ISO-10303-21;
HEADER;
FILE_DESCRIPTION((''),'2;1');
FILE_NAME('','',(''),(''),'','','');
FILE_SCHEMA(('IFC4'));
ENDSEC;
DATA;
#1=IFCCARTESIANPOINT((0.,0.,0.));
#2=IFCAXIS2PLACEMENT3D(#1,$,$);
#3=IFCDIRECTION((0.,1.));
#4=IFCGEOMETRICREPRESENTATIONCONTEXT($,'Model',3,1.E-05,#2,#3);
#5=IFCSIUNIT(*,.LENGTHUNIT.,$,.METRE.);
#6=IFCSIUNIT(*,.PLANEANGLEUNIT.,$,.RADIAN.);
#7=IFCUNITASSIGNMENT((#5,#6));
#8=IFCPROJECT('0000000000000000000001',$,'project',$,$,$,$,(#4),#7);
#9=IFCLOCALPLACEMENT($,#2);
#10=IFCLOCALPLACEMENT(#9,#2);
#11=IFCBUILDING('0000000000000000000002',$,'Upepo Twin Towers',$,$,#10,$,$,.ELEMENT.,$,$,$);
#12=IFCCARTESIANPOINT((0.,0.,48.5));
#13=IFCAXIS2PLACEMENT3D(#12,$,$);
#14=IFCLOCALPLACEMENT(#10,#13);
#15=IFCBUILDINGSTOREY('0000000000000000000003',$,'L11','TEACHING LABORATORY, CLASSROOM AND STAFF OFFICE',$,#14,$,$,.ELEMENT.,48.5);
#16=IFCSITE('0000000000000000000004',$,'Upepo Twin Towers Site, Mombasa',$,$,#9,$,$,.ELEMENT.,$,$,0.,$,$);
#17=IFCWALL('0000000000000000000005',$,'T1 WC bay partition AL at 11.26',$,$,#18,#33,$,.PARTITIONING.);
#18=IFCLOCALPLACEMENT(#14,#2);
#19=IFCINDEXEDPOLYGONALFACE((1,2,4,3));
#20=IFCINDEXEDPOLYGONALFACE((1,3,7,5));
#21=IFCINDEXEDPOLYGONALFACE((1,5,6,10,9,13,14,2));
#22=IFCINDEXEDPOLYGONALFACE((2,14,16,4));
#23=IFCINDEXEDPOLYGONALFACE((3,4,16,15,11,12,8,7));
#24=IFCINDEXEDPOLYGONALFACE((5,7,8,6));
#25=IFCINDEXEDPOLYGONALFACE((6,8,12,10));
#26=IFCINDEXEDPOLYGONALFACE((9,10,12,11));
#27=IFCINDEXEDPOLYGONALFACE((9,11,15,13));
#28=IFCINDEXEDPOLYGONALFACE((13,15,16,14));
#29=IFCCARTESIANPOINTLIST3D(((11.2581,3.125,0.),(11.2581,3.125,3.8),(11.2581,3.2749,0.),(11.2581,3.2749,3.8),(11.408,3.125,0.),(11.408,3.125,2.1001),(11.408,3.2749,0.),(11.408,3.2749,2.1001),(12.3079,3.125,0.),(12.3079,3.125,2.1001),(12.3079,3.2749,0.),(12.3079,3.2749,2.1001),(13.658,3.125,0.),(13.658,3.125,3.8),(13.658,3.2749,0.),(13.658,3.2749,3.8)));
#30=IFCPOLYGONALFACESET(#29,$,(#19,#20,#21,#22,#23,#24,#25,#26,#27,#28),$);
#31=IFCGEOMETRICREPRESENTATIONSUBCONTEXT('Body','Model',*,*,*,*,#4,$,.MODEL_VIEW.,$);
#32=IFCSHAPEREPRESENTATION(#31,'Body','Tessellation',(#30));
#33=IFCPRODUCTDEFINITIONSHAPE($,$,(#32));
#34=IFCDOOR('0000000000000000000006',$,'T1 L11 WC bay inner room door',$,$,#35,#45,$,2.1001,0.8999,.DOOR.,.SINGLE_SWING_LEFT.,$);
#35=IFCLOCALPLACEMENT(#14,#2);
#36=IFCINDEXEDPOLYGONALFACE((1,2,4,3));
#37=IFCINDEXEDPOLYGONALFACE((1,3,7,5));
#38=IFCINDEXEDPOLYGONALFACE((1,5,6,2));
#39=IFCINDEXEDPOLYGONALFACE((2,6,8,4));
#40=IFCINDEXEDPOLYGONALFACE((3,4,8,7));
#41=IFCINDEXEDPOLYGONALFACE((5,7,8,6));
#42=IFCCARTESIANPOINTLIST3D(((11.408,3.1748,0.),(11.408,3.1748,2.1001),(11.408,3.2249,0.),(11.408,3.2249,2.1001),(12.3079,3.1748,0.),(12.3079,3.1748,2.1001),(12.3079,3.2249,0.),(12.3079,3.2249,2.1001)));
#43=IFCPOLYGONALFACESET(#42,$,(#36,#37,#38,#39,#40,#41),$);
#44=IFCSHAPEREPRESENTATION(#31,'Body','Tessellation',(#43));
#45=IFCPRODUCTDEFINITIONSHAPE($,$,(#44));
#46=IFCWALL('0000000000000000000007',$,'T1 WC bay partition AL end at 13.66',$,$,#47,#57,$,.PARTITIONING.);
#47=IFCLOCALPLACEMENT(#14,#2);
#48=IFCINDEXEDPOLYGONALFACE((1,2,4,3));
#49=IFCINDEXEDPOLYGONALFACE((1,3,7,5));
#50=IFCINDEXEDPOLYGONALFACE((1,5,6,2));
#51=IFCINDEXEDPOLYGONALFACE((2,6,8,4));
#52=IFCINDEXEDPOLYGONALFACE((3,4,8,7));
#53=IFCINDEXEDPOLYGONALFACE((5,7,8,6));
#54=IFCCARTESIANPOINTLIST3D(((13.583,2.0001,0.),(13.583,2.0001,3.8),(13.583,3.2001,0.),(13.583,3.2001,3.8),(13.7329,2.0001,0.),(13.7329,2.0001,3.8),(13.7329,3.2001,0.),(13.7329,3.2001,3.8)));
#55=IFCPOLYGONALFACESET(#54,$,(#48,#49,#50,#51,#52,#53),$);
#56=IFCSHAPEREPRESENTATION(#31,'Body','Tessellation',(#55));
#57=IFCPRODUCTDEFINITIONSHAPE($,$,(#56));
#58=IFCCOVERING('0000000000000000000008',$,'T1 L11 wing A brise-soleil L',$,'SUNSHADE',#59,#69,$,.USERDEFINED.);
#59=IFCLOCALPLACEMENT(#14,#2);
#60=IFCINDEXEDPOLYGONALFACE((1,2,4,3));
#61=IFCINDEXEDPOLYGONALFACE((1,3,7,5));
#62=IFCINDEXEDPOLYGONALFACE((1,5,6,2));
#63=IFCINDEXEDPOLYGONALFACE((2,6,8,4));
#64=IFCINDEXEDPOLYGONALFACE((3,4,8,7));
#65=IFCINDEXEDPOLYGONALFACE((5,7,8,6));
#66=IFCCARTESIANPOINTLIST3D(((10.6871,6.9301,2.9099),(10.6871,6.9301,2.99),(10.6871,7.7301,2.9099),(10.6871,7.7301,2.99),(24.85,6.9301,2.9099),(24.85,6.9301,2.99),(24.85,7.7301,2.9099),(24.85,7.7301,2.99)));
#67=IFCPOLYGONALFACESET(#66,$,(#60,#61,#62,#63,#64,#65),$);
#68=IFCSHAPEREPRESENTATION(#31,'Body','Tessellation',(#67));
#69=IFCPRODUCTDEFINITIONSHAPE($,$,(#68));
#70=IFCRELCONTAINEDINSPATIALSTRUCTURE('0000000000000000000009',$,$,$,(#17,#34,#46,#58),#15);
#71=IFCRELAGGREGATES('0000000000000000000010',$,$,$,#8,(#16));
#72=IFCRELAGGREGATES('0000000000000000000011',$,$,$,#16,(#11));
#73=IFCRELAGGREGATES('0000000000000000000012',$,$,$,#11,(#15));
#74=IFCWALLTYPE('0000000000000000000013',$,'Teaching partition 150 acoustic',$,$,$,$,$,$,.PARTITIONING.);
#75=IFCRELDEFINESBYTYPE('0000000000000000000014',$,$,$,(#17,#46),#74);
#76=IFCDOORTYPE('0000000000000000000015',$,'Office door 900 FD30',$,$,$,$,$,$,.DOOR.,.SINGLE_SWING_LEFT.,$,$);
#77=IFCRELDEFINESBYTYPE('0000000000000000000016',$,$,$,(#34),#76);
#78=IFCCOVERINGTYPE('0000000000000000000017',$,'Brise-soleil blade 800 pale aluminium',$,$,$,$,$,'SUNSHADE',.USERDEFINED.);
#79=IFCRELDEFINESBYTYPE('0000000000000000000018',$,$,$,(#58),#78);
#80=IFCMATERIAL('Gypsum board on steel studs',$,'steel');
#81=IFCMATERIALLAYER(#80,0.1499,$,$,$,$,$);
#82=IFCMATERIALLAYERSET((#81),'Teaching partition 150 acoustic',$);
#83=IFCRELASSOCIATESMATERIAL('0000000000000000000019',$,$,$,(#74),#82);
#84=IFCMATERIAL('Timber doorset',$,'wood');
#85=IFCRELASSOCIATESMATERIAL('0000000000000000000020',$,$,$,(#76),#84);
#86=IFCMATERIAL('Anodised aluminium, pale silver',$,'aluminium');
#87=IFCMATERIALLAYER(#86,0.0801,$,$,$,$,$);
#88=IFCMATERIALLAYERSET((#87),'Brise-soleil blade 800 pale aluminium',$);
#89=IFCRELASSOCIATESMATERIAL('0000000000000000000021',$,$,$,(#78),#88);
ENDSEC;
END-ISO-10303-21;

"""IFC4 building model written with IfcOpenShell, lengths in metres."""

from ifc_helpers import new_model, si_unit, direction, frame, frame_2d, origin, origin_2d, place, context, subcontext, project, spatial, rectangle, extrude, material, layer, layer_set, type_object, element, fill, save


model = new_model("IFC4")

# Units and contexts
model_context = context("Model", 3, precision=1e-05, world=origin(), true_north=direction((0.0, 1.0)))
body_context = subcontext(model_context, "Body", "Model", "MODEL_VIEW")
ifc_project = project(units=[si_unit("LENGTHUNIT", "METRE"), si_unit("PLANEANGLEUNIT", "RADIAN")], contexts=[model_context])

# Site, building, storey
site_placement = place(None, origin())
site = spatial("IfcSite", under=ifc_project, at=site_placement, Name="Upepo Twin Towers Site, Mombasa", CompositionType="ELEMENT", RefElevation=0.0)
building_placement = place(site_placement, origin())
building = spatial("IfcBuilding", under=site, at=building_placement, Name="Upepo Twin Towers", CompositionType="ELEMENT")
storey_placement = place(building_placement, frame((0.0, 0.0, 48.5)))
storey = spatial("IfcBuildingStorey", under=building, at=storey_placement, Name="L11", Description="TEACHING LABORATORY, CLASSROOM AND STAFF OFFICE", CompositionType="ELEMENT", Elevation=48.5)

# Shared definitions
ifc_material_1 = material(Name="Gypsum board on steel studs", Category="steel")
ifc_layer_1 = layer(ifc_material_1, 0.1499)
ifc_layer_set_1 = layer_set([ifc_layer_1], Name="Teaching partition 150 acoustic")
wall_type_1 = type_object("IfcWallType", Name="Teaching partition 150 acoustic", PredefinedType="PARTITIONING", material=ifc_layer_set_1)

# Wall, opening, door
wall_1_placement = place(storey_placement, frame((11.2581, 3.2, 0.0), z_axis=(0.0, 0.0, 1.0), x_axis=(1.0, 0.0, 0.0)))
wall_1 = element("IfcWall", 1, at=wall_1_placement, inside=storey, type_object=wall_type_1, Name="T1 WC bay partition AL at 11.26", PredefinedType="PARTITIONING", context=body_context, shape_type="SweptSolid", body=[
    extrude(rectangle(XDim=2.3999, YDim=0.1499, at=frame_2d((1.2, 0.0))), origin(), (0.0, 0.0, 1.0), 3.8),
])
opening_1_placement = place(wall_1_placement, frame((0.1499, 0.0, 0.0)))
opening_1 = element("IfcOpeningElement", 2, at=opening_1_placement, cuts=wall_1, PredefinedType="OPENING", context=body_context, shape_type="SweptSolid", body=[
    extrude(rectangle(XDim=0.8999, YDim=2.1001, at=frame_2d((0.45, 1.05))), frame((0.0, 0.085, 0.0), z_axis=(0.0, -1.0, 0.0), x_axis=(1.0, 0.0, 0.0)), (0.0, 0.0, 1.0), 0.1699),
])
ifc_material_2 = material(Name="Timber doorset", Category="wood")
door_type_1 = type_object("IfcDoorType", Name="Office door 900 FD30", OperationType="SINGLE_SWING_LEFT", PredefinedType="DOOR", material=ifc_material_2)
door_1_placement = place(opening_1_placement, origin())
door_1 = element("IfcDoor", 3, at=door_1_placement, inside=storey, type_object=door_type_1, Name="T1 L11 WC bay inner room door", OperationType="SINGLE_SWING_LEFT", OverallHeight=2.1001, OverallWidth=0.8999, PredefinedType="DOOR", context=body_context, shape_type="SweptSolid", body=[
    extrude(rectangle(XDim=0.8999, YDim=2.1001, at=frame_2d((0.45, 1.05))), frame((0.0, 0.0249, 0.0), z_axis=(0.0, -1.0, 0.0), x_axis=(1.0, 0.0, 0.0)), (0.0, 0.0, 1.0), 0.05),
])
fill(opening_1, door_1)

# Wall
wall_2_placement = place(storey_placement, frame((13.658, 2.0, 0.0), z_axis=(0.0, 0.0, 1.0), x_axis=(0.0, 1.0, 0.0)))
element("IfcWall", 4, at=wall_2_placement, inside=storey, type_object=wall_type_1, Name="T1 WC bay partition AL end at 13.66", PredefinedType="PARTITIONING", context=body_context, shape_type="SweptSolid", body=[
    extrude(rectangle(XDim=1.2, YDim=0.1499, at=frame_2d((0.6001, 0.0))), origin(), (0.0, 0.0, 1.0), 3.8),
])

# Covering
ifc_material_3 = material(Name="Anodised aluminium, pale silver", Category="aluminium")
ifc_layer_2 = layer(ifc_material_3, 0.0801)
ifc_layer_set_2 = layer_set([ifc_layer_2], Name="Brise-soleil blade 800 pale aluminium")
covering_type = type_object("IfcCoveringType", Name="Brise-soleil blade 800 pale aluminium", ElementType="SUNSHADE", PredefinedType="USERDEFINED", material=ifc_layer_set_2)
covering_placement = place(storey_placement, frame((17.7686, 7.3301, 2.9099), z_axis=(0.0, 0.0, 1.0), x_axis=(1.0, 0.0, 0.0)))
element("IfcCovering", 5, at=covering_placement, inside=storey, type_object=covering_type, Name="T1 L11 wing A brise-soleil L", ObjectType="SUNSHADE", PredefinedType="USERDEFINED", context=body_context, shape_type="SweptSolid", body=[
    extrude(rectangle(XDim=14.1628, YDim=0.8, at=origin_2d()), origin(), (0.0, 0.0, 1.0), 0.0801),
])

save(model, "model.ifc")
